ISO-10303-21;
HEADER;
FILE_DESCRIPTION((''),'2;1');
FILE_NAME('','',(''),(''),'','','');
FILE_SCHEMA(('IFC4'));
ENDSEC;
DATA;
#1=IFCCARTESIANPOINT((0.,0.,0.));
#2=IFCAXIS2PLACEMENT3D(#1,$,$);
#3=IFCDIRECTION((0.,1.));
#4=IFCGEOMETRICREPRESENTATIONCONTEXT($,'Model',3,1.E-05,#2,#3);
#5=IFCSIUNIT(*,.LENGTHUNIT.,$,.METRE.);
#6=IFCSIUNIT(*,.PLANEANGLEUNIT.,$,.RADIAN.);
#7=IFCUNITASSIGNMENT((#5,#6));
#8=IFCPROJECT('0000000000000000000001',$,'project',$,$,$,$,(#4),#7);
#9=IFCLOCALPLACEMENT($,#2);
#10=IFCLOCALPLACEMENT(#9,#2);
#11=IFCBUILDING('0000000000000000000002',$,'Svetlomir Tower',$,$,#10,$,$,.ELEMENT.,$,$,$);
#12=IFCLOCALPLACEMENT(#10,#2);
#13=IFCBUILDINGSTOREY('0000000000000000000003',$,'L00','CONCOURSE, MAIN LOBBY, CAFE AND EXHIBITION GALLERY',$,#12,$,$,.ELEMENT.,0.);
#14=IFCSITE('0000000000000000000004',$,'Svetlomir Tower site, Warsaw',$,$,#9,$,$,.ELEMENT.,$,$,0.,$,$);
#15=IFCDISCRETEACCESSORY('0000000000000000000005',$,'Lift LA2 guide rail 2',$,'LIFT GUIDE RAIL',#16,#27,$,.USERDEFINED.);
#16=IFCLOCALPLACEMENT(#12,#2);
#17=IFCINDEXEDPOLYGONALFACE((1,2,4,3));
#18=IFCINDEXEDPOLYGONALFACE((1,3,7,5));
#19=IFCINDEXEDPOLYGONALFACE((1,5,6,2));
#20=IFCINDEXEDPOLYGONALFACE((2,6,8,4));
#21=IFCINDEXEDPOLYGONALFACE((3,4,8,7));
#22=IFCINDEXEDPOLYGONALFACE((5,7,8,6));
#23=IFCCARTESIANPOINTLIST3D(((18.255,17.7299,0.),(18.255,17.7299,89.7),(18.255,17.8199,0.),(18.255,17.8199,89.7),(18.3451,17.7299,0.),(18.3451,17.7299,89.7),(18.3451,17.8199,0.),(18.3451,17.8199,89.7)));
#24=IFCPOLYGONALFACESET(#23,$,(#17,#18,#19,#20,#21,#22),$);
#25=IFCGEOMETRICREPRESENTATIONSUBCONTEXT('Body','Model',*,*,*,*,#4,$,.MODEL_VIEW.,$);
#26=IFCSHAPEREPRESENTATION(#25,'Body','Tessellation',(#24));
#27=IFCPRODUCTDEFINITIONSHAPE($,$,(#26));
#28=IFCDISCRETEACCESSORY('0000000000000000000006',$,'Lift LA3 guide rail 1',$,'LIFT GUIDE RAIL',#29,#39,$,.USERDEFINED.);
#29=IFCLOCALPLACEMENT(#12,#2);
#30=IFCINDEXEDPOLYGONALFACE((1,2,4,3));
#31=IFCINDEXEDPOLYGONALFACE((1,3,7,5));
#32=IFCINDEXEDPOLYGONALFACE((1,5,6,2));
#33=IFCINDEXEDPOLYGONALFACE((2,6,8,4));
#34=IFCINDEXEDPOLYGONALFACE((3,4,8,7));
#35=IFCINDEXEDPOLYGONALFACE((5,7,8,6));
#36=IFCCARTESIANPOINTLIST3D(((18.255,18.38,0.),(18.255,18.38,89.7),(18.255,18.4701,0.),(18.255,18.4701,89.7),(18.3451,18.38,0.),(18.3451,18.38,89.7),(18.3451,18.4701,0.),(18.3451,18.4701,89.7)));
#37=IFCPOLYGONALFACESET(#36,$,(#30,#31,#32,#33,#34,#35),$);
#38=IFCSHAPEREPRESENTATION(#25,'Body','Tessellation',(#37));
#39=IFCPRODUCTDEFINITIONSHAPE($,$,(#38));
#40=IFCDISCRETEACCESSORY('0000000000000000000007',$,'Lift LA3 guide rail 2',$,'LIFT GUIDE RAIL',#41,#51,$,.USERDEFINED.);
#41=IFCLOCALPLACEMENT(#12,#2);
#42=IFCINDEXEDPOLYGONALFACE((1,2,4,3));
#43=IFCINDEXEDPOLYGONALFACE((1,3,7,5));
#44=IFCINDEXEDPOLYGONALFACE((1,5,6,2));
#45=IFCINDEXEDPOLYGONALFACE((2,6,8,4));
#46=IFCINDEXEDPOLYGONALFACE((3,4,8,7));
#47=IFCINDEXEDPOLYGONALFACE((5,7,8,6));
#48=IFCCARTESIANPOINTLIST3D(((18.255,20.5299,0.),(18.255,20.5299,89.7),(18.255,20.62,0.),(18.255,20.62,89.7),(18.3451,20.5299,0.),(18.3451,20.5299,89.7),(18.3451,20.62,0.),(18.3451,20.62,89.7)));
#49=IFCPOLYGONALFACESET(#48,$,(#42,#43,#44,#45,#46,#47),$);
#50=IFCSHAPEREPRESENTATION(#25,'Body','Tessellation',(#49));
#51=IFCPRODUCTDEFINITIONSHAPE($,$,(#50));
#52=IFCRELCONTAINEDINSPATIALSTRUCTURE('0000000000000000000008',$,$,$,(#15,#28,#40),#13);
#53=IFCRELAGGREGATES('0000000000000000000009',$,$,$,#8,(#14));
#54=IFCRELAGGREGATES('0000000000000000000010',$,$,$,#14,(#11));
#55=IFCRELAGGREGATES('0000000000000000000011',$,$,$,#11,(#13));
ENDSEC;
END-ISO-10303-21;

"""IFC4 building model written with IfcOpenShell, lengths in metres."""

from ifc_helpers import new_model, si_unit, direction, frame, origin, origin_2d, place, context, subcontext, project, spatial, rectangle, extrude, element, save


model = new_model("IFC4")

# Units and contexts
model_context = context("Model", 3, precision=1e-05, world=origin(), true_north=direction((0.0, 1.0)))
body_context = subcontext(model_context, "Body", "Model", "MODEL_VIEW")
ifc_project = project(units=[si_unit("LENGTHUNIT", "METRE"), si_unit("PLANEANGLEUNIT", "RADIAN")], contexts=[model_context])

# Site, building, storey
site_placement = place(None, origin())
site = spatial("IfcSite", under=ifc_project, at=site_placement, Name="Svetlomir Tower site, Warsaw", CompositionType="ELEMENT", RefElevation=0.0)
building_placement = place(site_placement, origin())
building = spatial("IfcBuilding", under=site, at=building_placement, Name="Svetlomir Tower", CompositionType="ELEMENT")
storey_placement = place(building_placement, origin())
storey = spatial("IfcBuildingStorey", under=building, at=storey_placement, Name="L00", Description="CONCOURSE, MAIN LOBBY, CAFE AND EXHIBITION GALLERY", CompositionType="ELEMENT", Elevation=0.0)

# Discrete accessories
for number, where, z_axis, x_axis, name in (
    (1, (18.3, 17.7749, 0.0), (0.0, 0.0, 1.0), (1.0, 0.0, 0.0), "Lift LA2 guide rail 2"),
    (2, (18.3, 18.425, 0.0), (0.0, 0.0, 1.0), (1.0, 0.0, 0.0), "Lift LA3 guide rail 1"),
    (3, (18.3, 20.575, 0.0), (0.0, 0.0, 1.0), (1.0, 0.0, 0.0), "Lift LA3 guide rail 2"),
):
    element("IfcDiscreteAccessory", number, at=place(storey_placement, frame(where, z_axis=z_axis, x_axis=x_axis)), inside=storey, Name=name, ObjectType="LIFT GUIDE RAIL", PredefinedType="USERDEFINED", context=body_context, shape_type="SweptSolid", body=[
        extrude(rectangle(XDim=0.0901, YDim=0.0901, at=origin_2d()), origin(), (0.0, 0.0, 1.0), 89.7),
    ])

save(model, "model.ifc")
